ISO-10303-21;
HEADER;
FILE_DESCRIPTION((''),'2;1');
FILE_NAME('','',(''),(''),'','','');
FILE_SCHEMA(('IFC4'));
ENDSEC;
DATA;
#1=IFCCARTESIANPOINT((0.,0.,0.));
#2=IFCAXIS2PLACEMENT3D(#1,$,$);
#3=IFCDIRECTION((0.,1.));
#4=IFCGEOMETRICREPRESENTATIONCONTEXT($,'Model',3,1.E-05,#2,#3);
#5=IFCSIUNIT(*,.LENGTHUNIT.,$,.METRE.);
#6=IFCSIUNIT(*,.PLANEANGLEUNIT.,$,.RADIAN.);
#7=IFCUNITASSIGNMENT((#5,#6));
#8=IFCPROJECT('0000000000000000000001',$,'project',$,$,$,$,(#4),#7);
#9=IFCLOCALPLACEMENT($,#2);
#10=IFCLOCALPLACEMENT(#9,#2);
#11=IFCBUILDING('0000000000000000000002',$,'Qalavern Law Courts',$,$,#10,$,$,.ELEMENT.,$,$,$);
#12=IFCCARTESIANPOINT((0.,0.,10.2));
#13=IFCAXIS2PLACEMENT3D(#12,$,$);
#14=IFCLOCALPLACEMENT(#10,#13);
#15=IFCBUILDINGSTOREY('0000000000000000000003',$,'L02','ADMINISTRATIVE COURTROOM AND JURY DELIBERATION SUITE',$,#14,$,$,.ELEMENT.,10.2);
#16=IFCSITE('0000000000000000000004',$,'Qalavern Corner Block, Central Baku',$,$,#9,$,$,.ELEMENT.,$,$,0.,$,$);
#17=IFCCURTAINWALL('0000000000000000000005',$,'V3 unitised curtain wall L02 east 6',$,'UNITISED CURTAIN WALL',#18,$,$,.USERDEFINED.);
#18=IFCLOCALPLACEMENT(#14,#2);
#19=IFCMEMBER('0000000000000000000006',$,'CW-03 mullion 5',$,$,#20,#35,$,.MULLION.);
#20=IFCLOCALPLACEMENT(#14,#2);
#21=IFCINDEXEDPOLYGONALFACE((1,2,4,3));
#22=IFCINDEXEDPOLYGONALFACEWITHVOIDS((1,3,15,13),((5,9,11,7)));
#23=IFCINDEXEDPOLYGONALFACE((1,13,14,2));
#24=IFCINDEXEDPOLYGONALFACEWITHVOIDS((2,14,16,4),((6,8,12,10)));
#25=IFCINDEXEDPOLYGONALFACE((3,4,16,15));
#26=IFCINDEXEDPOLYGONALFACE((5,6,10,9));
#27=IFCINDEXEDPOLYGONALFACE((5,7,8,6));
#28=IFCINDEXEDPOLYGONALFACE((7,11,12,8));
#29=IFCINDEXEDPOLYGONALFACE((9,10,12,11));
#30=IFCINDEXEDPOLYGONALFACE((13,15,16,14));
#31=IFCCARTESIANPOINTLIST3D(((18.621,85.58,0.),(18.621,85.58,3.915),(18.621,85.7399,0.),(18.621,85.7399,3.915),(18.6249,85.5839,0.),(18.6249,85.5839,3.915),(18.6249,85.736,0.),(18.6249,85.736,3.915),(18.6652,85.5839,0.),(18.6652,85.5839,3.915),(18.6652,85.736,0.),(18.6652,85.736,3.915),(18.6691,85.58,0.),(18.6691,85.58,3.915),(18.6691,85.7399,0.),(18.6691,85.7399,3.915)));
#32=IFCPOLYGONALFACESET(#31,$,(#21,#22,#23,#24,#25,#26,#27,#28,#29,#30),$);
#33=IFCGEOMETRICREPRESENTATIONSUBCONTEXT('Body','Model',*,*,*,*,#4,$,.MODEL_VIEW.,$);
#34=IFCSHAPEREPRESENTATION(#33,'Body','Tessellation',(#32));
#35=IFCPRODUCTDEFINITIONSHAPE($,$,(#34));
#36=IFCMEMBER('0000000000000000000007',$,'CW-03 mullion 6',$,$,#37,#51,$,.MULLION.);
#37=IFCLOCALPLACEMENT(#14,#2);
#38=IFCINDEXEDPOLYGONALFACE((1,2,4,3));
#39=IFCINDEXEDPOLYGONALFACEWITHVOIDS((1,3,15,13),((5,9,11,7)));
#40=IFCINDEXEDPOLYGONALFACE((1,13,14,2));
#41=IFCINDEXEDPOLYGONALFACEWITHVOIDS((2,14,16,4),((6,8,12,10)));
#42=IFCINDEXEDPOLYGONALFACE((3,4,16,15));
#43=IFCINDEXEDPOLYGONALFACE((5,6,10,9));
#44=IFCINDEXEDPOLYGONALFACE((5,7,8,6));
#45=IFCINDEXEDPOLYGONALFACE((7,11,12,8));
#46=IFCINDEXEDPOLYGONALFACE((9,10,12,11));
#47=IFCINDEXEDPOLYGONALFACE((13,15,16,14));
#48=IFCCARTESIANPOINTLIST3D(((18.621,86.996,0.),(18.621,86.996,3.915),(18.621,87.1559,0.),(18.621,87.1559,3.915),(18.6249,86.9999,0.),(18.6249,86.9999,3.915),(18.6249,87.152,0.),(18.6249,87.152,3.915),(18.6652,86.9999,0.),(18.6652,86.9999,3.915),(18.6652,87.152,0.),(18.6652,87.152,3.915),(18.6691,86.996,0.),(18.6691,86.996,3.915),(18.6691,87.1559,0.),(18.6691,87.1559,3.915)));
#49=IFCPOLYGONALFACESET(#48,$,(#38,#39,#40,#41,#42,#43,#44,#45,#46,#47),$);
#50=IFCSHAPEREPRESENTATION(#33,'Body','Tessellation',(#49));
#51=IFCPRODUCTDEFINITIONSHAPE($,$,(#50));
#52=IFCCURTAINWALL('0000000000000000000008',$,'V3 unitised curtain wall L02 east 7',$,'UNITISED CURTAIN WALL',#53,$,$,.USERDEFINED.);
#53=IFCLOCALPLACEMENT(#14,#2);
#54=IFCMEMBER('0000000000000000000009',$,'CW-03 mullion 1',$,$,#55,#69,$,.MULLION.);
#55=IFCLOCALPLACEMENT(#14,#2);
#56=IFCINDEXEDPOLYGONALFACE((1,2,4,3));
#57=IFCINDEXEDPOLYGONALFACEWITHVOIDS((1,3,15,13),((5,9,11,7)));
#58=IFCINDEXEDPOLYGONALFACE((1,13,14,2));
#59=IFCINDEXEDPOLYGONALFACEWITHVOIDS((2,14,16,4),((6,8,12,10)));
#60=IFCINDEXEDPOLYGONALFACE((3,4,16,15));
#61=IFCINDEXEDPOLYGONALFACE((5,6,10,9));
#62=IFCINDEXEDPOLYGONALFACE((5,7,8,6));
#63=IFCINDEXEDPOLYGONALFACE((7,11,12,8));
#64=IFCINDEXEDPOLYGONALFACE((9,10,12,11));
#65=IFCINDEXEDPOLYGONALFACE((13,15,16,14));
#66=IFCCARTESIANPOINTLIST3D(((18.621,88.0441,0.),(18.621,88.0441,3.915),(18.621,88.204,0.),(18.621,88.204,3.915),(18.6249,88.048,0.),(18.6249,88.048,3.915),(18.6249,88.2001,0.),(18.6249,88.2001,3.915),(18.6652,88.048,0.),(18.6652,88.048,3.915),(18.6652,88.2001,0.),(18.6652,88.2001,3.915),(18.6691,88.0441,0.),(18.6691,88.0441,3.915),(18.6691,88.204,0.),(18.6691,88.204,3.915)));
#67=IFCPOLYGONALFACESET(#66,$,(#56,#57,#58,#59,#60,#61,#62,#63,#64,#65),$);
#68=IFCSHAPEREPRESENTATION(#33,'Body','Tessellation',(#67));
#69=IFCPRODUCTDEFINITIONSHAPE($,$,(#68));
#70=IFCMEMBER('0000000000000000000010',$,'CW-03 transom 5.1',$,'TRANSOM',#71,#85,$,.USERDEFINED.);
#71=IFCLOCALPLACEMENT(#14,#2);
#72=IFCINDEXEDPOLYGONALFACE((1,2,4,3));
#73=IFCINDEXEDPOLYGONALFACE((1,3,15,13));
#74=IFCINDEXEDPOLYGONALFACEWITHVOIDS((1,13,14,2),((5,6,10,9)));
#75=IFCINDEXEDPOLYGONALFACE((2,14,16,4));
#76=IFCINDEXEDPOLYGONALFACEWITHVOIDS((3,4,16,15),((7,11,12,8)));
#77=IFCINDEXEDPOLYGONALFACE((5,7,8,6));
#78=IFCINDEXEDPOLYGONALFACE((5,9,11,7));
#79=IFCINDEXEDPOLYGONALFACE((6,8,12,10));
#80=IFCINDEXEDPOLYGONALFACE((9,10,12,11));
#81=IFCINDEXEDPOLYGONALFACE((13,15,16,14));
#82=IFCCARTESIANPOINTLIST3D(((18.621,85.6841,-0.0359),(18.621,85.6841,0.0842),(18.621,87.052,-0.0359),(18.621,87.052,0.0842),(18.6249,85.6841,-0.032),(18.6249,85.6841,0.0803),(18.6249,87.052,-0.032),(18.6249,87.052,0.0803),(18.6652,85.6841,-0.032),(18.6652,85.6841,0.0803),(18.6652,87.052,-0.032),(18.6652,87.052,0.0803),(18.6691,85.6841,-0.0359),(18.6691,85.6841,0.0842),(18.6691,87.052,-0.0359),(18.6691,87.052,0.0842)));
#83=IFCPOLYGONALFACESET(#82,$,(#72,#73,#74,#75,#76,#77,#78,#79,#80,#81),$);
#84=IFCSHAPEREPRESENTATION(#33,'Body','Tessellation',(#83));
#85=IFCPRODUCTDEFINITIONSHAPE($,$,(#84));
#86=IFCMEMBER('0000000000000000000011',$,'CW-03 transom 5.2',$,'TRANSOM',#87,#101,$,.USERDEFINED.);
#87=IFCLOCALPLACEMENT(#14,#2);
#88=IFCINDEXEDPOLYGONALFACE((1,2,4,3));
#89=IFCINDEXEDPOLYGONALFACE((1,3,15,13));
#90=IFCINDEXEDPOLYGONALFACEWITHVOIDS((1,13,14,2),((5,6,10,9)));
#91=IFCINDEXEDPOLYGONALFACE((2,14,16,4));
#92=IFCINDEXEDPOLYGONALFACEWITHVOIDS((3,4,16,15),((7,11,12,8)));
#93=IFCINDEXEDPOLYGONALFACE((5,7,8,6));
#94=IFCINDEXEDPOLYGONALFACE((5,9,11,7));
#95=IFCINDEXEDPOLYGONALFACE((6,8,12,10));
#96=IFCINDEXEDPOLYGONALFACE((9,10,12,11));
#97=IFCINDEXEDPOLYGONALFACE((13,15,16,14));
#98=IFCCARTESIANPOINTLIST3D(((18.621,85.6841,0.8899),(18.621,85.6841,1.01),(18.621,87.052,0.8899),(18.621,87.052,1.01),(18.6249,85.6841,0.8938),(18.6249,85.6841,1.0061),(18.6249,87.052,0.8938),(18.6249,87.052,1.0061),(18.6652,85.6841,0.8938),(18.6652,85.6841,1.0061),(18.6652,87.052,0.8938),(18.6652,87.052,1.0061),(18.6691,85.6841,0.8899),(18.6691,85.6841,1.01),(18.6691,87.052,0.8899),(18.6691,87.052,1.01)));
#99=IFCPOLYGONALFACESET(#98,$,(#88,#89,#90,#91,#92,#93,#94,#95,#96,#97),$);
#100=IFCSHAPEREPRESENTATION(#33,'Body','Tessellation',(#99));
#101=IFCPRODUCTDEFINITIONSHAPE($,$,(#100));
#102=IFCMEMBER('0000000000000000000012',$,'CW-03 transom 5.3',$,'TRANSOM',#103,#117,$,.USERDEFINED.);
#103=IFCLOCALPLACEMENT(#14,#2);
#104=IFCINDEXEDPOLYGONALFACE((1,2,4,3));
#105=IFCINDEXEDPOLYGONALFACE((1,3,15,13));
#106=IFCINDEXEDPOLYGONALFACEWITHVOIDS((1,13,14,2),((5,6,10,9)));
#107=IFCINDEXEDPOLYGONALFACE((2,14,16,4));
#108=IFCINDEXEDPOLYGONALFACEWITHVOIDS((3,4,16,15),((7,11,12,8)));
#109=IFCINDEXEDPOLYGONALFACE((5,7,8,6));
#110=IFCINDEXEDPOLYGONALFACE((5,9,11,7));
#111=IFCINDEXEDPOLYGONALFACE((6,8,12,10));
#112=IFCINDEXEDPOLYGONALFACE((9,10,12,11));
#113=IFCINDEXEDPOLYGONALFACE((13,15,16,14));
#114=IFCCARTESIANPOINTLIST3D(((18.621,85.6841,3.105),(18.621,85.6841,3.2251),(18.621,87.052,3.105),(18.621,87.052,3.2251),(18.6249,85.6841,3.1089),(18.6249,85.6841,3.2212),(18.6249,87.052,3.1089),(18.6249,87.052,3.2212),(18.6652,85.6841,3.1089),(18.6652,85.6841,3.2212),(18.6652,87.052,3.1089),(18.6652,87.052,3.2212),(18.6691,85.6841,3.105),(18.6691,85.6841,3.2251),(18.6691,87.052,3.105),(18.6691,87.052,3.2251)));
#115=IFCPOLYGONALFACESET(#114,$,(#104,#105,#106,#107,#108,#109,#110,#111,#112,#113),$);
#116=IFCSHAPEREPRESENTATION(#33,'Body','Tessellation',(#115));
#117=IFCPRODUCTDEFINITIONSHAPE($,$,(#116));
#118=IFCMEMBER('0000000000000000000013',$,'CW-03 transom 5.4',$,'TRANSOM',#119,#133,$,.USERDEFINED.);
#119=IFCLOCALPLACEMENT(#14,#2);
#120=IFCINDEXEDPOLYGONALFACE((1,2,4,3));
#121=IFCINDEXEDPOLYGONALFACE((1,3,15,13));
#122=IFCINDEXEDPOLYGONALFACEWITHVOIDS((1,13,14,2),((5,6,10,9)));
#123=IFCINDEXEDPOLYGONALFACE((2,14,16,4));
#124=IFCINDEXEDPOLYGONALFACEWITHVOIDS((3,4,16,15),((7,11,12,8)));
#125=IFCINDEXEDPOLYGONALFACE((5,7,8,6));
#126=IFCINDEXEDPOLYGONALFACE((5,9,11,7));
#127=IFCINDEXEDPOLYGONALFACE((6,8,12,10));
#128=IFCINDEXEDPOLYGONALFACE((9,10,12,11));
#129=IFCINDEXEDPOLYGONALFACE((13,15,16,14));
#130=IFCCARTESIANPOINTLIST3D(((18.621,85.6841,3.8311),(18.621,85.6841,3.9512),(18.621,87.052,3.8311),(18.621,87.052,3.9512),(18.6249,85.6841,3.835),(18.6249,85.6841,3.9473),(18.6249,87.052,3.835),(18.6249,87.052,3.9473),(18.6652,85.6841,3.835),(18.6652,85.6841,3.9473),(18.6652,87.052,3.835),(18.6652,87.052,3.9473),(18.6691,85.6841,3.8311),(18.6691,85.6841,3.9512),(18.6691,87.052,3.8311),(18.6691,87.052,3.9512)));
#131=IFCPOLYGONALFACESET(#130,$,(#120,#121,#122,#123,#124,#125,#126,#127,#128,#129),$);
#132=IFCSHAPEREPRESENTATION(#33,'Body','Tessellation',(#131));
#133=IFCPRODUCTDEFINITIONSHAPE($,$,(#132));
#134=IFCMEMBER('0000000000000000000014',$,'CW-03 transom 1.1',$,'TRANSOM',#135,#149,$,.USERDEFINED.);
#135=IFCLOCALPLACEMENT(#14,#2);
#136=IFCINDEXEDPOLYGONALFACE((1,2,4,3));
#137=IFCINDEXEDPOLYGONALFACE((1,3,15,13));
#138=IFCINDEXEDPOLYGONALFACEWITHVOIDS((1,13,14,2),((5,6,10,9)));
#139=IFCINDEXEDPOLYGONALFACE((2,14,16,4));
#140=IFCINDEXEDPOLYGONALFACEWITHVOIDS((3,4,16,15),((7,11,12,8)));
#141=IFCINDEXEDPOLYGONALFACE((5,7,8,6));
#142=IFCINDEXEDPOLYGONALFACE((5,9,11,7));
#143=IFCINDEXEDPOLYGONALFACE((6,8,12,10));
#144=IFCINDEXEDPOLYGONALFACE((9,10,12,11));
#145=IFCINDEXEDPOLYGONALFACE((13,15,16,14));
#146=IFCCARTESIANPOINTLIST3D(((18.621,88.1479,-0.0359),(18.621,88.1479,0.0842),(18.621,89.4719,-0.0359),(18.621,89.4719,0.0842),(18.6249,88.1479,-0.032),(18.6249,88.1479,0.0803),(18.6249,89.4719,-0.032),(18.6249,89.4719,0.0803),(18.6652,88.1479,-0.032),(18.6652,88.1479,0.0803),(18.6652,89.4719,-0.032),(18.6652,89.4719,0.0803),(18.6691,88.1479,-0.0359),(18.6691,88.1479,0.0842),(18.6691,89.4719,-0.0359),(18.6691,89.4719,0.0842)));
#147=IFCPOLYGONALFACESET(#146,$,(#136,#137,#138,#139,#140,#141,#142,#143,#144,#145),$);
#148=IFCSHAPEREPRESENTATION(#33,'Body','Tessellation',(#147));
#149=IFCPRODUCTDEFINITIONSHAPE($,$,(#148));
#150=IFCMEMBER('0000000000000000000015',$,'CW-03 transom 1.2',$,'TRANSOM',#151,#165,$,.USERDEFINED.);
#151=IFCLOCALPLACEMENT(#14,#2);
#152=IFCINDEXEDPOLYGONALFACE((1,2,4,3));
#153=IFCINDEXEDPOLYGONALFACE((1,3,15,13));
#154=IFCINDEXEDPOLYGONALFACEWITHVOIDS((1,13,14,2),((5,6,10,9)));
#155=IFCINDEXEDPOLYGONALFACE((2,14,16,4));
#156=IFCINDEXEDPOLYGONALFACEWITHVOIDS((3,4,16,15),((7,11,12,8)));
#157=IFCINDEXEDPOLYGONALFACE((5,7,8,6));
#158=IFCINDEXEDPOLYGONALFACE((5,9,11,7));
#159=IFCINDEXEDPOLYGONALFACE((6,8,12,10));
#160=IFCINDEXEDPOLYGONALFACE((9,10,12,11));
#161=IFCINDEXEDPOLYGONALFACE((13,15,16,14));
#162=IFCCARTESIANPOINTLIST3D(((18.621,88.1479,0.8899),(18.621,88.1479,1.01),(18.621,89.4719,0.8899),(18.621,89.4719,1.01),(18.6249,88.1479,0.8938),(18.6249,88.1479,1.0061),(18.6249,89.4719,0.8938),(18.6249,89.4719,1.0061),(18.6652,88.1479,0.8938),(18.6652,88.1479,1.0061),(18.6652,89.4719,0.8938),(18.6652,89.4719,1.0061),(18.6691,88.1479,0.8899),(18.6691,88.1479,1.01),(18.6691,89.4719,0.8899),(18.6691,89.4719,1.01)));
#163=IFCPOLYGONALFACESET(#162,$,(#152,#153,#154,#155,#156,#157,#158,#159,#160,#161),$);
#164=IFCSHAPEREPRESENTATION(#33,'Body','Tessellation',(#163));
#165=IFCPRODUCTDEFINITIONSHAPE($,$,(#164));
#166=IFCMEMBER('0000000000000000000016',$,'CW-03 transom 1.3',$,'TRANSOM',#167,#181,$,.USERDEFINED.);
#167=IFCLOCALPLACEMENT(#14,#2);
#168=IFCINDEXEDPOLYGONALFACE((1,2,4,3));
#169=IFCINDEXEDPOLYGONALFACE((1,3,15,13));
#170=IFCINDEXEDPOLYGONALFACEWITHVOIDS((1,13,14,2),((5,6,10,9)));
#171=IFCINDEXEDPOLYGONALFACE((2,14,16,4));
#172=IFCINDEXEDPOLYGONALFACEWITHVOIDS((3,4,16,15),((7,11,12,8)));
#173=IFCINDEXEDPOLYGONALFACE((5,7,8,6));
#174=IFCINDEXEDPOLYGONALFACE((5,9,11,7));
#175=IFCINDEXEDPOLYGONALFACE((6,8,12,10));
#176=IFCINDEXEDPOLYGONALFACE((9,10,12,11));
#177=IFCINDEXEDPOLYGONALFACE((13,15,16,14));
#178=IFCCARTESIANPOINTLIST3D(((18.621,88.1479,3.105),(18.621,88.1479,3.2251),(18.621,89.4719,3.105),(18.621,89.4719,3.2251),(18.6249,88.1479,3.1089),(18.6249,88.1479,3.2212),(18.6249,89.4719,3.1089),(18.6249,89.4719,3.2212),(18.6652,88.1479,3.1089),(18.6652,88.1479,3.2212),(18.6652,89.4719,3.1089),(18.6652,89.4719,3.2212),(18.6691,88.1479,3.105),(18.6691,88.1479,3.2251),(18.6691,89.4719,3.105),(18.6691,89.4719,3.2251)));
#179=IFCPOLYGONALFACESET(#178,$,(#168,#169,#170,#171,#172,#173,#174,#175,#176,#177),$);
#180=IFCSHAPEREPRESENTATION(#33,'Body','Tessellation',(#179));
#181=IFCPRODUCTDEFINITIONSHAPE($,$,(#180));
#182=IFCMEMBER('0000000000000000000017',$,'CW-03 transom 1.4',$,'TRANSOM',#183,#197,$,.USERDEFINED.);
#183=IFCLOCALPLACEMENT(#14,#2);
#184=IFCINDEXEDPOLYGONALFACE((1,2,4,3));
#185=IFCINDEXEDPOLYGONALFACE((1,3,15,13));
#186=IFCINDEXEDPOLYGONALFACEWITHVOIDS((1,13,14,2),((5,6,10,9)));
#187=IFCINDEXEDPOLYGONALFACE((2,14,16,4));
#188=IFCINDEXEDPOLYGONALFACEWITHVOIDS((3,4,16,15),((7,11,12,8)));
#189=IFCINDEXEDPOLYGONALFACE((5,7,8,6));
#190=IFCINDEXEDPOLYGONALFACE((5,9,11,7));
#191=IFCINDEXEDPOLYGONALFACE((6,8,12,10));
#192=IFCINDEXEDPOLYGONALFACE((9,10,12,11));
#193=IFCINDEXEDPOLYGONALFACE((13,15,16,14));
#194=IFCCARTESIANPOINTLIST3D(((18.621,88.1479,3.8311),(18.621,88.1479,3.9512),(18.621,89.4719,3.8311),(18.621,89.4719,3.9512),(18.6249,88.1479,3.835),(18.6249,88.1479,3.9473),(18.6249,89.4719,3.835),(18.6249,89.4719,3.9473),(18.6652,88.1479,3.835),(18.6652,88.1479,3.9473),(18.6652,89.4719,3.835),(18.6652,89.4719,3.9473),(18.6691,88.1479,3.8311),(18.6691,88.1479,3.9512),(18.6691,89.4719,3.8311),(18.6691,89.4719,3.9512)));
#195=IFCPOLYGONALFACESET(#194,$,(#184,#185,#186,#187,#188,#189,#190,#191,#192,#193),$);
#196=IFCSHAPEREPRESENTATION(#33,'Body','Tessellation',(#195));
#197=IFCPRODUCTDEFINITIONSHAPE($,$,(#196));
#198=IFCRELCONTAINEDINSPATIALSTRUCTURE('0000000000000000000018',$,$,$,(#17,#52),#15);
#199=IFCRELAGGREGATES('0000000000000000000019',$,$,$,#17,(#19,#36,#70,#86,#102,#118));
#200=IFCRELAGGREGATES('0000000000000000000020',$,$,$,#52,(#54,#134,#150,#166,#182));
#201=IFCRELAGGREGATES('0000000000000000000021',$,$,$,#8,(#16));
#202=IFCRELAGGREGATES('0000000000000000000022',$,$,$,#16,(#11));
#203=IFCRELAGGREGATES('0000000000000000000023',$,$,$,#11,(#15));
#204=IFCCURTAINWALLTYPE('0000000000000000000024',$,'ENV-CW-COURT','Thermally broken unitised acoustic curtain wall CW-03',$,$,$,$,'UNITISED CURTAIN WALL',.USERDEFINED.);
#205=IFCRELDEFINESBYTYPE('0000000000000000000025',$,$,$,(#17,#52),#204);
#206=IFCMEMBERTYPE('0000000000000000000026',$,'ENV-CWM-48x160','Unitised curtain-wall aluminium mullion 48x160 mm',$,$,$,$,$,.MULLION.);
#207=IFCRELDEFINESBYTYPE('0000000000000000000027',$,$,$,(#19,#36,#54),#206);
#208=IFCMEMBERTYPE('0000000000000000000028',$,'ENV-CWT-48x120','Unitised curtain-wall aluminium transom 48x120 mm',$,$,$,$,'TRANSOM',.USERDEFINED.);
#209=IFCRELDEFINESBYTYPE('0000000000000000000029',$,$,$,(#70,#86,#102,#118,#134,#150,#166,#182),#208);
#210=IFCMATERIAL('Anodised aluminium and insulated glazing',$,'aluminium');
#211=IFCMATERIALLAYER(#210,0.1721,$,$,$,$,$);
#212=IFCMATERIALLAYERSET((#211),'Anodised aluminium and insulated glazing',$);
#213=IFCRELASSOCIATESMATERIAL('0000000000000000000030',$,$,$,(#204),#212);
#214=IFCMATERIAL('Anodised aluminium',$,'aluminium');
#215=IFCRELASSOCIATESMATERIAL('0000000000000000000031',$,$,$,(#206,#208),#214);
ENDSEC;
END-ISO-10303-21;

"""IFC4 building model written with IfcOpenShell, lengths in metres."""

from ifc_helpers import new_model, si_unit, direction, frame, origin, origin_2d, place, context, subcontext, project, spatial, hollow_rectangle, extrude, material, layer, layer_set, material_profile, profile_set, type_object, element, aggregate, save


model = new_model("IFC4")

# Units and contexts
model_context = context("Model", 3, precision=1e-05, world=origin(), true_north=direction((0.0, 1.0)))
body_context = subcontext(model_context, "Body", "Model", "MODEL_VIEW")
ifc_project = project(units=[si_unit("LENGTHUNIT", "METRE"), si_unit("PLANEANGLEUNIT", "RADIAN")], contexts=[model_context])

# Site, building, storey
site_placement = place(None, origin())
site = spatial("IfcSite", under=ifc_project, at=site_placement, Name="Qalavern Corner Block, Central Baku", CompositionType="ELEMENT", RefElevation=0.0)
building_placement = place(site_placement, origin())
building = spatial("IfcBuilding", under=site, at=building_placement, Name="Qalavern Law Courts", CompositionType="ELEMENT")
storey_placement = place(building_placement, frame((0.0, 0.0, 10.2)))
storey = spatial("IfcBuildingStorey", under=building, at=storey_placement, Name="L02", Description="ADMINISTRATIVE COURTROOM AND JURY DELIBERATION SUITE", CompositionType="ELEMENT", Elevation=10.2)

# Curtain wall, members
ifc_material_1 = material(Name="Anodised aluminium and insulated glazing", Category="aluminium")
ifc_layer_1 = layer(ifc_material_1, 0.1721)
ifc_layer_set_1 = layer_set([ifc_layer_1], Name="Anodised aluminium and insulated glazing")
curtain_wall_type = type_object("IfcCurtainWallType", Name="ENV-CW-COURT", Description="Thermally broken unitised acoustic curtain wall CW-03", ElementType="UNITISED CURTAIN WALL", PredefinedType="USERDEFINED", material=ifc_layer_set_1)
curtain_wall_1_placement = place(storey_placement, origin())
curtain_wall_1 = element("IfcCurtainWall", 1, at=curtain_wall_1_placement, inside=storey, type_object=curtain_wall_type, Name="V3 unitised curtain wall L02 east 6", ObjectType="UNITISED CURTAIN WALL", PredefinedType="USERDEFINED")
ifc_material_2 = material(Name="Anodised aluminium", Category="aluminium")
ifc_material_profile_1 = material_profile(ifc_material_2, hollow_rectangle(XDim=0.0481, YDim=0.1599, WallThickness=0.0039, at=origin_2d()), Name="ALU MULLION 48x160")
ifc_profile_set_1 = profile_set([ifc_material_profile_1], Name="Anodised aluminium")
member_type_1 = type_object("IfcMemberType", Name="ENV-CWM-48x160", Description="Unitised curtain-wall aluminium mullion 48x160 mm", PredefinedType="MULLION", material=ifc_profile_set_1)
member_1_placement = place(storey_placement, frame((18.645, 85.6599, 0.0), z_axis=(0.0, 0.0, 1.0), x_axis=(-1.0, 0.0, 0.0)))
member_1 = element("IfcMember", 2, at=member_1_placement, type_object=member_type_1, Name="CW-03 mullion 5", PredefinedType="MULLION", context=body_context, shape_type="SweptSolid", body=[
    extrude(hollow_rectangle(XDim=0.0481, YDim=0.1599, WallThickness=0.0039, at=origin_2d()), origin(), (0.0, 0.0, 1.0), 3.915),
])
member_2_placement = place(storey_placement, frame((18.645, 87.0759, 0.0), z_axis=(0.0, 0.0, 1.0), x_axis=(-1.0, 0.0, 0.0)))
member_2 = element("IfcMember", 3, at=member_2_placement, type_object=member_type_1, Name="CW-03 mullion 6", PredefinedType="MULLION", context=body_context, shape_type="SweptSolid", body=[
    extrude(hollow_rectangle(XDim=0.0481, YDim=0.1599, WallThickness=0.0039, at=origin_2d()), origin(), (0.0, 0.0, 1.0), 3.915),
])

# Curtain wall, member
curtain_wall_2_placement = place(storey_placement, origin())
curtain_wall_2 = element("IfcCurtainWall", 4, at=curtain_wall_2_placement, inside=storey, type_object=curtain_wall_type, Name="V3 unitised curtain wall L02 east 7", ObjectType="UNITISED CURTAIN WALL", PredefinedType="USERDEFINED")
member_3_placement = place(storey_placement, frame((18.645, 88.124, 0.0), z_axis=(0.0, 0.0, 1.0), x_axis=(-1.0, 0.0, 0.0)))
member_3 = element("IfcMember", 5, at=member_3_placement, type_object=member_type_1, Name="CW-03 mullion 1", PredefinedType="MULLION", context=body_context, shape_type="SweptSolid", body=[
    extrude(hollow_rectangle(XDim=0.0481, YDim=0.1599, WallThickness=0.0039, at=origin_2d()), origin(), (0.0, 0.0, 1.0), 3.915),
])

# Members
ifc_material_profile_2 = material_profile(ifc_material_2, hollow_rectangle(XDim=0.0481, YDim=0.1201, WallThickness=0.0039, at=origin_2d()), Name="ALU TRANSOM 48x120")
ifc_profile_set_2 = profile_set([ifc_material_profile_2], Name="Anodised aluminium")
member_type_2 = type_object("IfcMemberType", Name="ENV-CWT-48x120", Description="Unitised curtain-wall aluminium transom 48x120 mm", ElementType="TRANSOM", PredefinedType="USERDEFINED", material=ifc_profile_set_2)
member_4_placement = place(storey_placement, frame((18.645, 85.6841, 0.0242), z_axis=(0.0, 1.0, 0.0), x_axis=(-1.0, 0.0, 0.0)))
member_4 = element("IfcMember", 6, at=member_4_placement, type_object=member_type_2, Name="CW-03 transom 5.1", ObjectType="TRANSOM", PredefinedType="USERDEFINED", context=body_context, shape_type="SweptSolid", body=[
    extrude(hollow_rectangle(XDim=0.0481, YDim=0.1201, WallThickness=0.0039, at=origin_2d()), origin(), (0.0, 0.0, 1.0), 1.3679),
])
member_5_placement = place(storey_placement, frame((18.645, 85.6841, 0.95), z_axis=(0.0, 1.0, 0.0), x_axis=(-1.0, 0.0, 0.0)))
member_5 = element("IfcMember", 7, at=member_5_placement, type_object=member_type_2, Name="CW-03 transom 5.2", ObjectType="TRANSOM", PredefinedType="USERDEFINED", context=body_context, shape_type="SweptSolid", body=[
    extrude(hollow_rectangle(XDim=0.0481, YDim=0.1201, WallThickness=0.0039, at=origin_2d()), origin(), (0.0, 0.0, 1.0), 1.3679),
])
member_6_placement = place(storey_placement, frame((18.645, 85.6841, 3.165), z_axis=(0.0, 1.0, 0.0), x_axis=(-1.0, 0.0, 0.0)))
member_6 = element("IfcMember", 8, at=member_6_placement, type_object=member_type_2, Name="CW-03 transom 5.3", ObjectType="TRANSOM", PredefinedType="USERDEFINED", context=body_context, shape_type="SweptSolid", body=[
    extrude(hollow_rectangle(XDim=0.0481, YDim=0.1201, WallThickness=0.0039, at=origin_2d()), origin(), (0.0, 0.0, 1.0), 1.3679),
])
member_7_placement = place(storey_placement, frame((18.645, 85.6841, 3.8911), z_axis=(0.0, 1.0, 0.0), x_axis=(-1.0, 0.0, 0.0)))
member_7 = element("IfcMember", 9, at=member_7_placement, type_object=member_type_2, Name="CW-03 transom 5.4", ObjectType="TRANSOM", PredefinedType="USERDEFINED", context=body_context, shape_type="SweptSolid", body=[
    extrude(hollow_rectangle(XDim=0.0481, YDim=0.1201, WallThickness=0.0039, at=origin_2d()), origin(), (0.0, 0.0, 1.0), 1.3679),
])
member_8_placement = place(storey_placement, frame((18.645, 88.1479, 0.0242), z_axis=(0.0, 1.0, 0.0), x_axis=(-1.0, 0.0, 0.0)))
member_8 = element("IfcMember", 10, at=member_8_placement, type_object=member_type_2, Name="CW-03 transom 1.1", ObjectType="TRANSOM", PredefinedType="USERDEFINED", context=body_context, shape_type="SweptSolid", body=[
    extrude(hollow_rectangle(XDim=0.0481, YDim=0.1201, WallThickness=0.0039, at=origin_2d()), origin(), (0.0, 0.0, 1.0), 1.324),
])
member_9_placement = place(storey_placement, frame((18.645, 88.1479, 0.95), z_axis=(0.0, 1.0, 0.0), x_axis=(-1.0, 0.0, 0.0)))
member_9 = element("IfcMember", 11, at=member_9_placement, type_object=member_type_2, Name="CW-03 transom 1.2", ObjectType="TRANSOM", PredefinedType="USERDEFINED", context=body_context, shape_type="SweptSolid", body=[
    extrude(hollow_rectangle(XDim=0.0481, YDim=0.1201, WallThickness=0.0039, at=origin_2d()), origin(), (0.0, 0.0, 1.0), 1.324),
])
member_10_placement = place(storey_placement, frame((18.645, 88.1479, 3.165), z_axis=(0.0, 1.0, 0.0), x_axis=(-1.0, 0.0, 0.0)))
member_10 = element("IfcMember", 12, at=member_10_placement, type_object=member_type_2, Name="CW-03 transom 1.3", ObjectType="TRANSOM", PredefinedType="USERDEFINED", context=body_context, shape_type="SweptSolid", body=[
    extrude(hollow_rectangle(XDim=0.0481, YDim=0.1201, WallThickness=0.0039, at=origin_2d()), origin(), (0.0, 0.0, 1.0), 1.324),
])
member_11_placement = place(storey_placement, frame((18.645, 88.1479, 3.8911), z_axis=(0.0, 1.0, 0.0), x_axis=(-1.0, 0.0, 0.0)))
member_11 = element("IfcMember", 13, at=member_11_placement, type_object=member_type_2, Name="CW-03 transom 1.4", ObjectType="TRANSOM", PredefinedType="USERDEFINED", context=body_context, shape_type="SweptSolid", body=[
    extrude(hollow_rectangle(XDim=0.0481, YDim=0.1201, WallThickness=0.0039, at=origin_2d()), origin(), (0.0, 0.0, 1.0), 1.324),
])

aggregate(curtain_wall_1, [member_1, member_2, member_4, member_5, member_6, member_7])
aggregate(curtain_wall_2, [member_3, member_8, member_9, member_10, member_11])

save(model, "model.ifc")
